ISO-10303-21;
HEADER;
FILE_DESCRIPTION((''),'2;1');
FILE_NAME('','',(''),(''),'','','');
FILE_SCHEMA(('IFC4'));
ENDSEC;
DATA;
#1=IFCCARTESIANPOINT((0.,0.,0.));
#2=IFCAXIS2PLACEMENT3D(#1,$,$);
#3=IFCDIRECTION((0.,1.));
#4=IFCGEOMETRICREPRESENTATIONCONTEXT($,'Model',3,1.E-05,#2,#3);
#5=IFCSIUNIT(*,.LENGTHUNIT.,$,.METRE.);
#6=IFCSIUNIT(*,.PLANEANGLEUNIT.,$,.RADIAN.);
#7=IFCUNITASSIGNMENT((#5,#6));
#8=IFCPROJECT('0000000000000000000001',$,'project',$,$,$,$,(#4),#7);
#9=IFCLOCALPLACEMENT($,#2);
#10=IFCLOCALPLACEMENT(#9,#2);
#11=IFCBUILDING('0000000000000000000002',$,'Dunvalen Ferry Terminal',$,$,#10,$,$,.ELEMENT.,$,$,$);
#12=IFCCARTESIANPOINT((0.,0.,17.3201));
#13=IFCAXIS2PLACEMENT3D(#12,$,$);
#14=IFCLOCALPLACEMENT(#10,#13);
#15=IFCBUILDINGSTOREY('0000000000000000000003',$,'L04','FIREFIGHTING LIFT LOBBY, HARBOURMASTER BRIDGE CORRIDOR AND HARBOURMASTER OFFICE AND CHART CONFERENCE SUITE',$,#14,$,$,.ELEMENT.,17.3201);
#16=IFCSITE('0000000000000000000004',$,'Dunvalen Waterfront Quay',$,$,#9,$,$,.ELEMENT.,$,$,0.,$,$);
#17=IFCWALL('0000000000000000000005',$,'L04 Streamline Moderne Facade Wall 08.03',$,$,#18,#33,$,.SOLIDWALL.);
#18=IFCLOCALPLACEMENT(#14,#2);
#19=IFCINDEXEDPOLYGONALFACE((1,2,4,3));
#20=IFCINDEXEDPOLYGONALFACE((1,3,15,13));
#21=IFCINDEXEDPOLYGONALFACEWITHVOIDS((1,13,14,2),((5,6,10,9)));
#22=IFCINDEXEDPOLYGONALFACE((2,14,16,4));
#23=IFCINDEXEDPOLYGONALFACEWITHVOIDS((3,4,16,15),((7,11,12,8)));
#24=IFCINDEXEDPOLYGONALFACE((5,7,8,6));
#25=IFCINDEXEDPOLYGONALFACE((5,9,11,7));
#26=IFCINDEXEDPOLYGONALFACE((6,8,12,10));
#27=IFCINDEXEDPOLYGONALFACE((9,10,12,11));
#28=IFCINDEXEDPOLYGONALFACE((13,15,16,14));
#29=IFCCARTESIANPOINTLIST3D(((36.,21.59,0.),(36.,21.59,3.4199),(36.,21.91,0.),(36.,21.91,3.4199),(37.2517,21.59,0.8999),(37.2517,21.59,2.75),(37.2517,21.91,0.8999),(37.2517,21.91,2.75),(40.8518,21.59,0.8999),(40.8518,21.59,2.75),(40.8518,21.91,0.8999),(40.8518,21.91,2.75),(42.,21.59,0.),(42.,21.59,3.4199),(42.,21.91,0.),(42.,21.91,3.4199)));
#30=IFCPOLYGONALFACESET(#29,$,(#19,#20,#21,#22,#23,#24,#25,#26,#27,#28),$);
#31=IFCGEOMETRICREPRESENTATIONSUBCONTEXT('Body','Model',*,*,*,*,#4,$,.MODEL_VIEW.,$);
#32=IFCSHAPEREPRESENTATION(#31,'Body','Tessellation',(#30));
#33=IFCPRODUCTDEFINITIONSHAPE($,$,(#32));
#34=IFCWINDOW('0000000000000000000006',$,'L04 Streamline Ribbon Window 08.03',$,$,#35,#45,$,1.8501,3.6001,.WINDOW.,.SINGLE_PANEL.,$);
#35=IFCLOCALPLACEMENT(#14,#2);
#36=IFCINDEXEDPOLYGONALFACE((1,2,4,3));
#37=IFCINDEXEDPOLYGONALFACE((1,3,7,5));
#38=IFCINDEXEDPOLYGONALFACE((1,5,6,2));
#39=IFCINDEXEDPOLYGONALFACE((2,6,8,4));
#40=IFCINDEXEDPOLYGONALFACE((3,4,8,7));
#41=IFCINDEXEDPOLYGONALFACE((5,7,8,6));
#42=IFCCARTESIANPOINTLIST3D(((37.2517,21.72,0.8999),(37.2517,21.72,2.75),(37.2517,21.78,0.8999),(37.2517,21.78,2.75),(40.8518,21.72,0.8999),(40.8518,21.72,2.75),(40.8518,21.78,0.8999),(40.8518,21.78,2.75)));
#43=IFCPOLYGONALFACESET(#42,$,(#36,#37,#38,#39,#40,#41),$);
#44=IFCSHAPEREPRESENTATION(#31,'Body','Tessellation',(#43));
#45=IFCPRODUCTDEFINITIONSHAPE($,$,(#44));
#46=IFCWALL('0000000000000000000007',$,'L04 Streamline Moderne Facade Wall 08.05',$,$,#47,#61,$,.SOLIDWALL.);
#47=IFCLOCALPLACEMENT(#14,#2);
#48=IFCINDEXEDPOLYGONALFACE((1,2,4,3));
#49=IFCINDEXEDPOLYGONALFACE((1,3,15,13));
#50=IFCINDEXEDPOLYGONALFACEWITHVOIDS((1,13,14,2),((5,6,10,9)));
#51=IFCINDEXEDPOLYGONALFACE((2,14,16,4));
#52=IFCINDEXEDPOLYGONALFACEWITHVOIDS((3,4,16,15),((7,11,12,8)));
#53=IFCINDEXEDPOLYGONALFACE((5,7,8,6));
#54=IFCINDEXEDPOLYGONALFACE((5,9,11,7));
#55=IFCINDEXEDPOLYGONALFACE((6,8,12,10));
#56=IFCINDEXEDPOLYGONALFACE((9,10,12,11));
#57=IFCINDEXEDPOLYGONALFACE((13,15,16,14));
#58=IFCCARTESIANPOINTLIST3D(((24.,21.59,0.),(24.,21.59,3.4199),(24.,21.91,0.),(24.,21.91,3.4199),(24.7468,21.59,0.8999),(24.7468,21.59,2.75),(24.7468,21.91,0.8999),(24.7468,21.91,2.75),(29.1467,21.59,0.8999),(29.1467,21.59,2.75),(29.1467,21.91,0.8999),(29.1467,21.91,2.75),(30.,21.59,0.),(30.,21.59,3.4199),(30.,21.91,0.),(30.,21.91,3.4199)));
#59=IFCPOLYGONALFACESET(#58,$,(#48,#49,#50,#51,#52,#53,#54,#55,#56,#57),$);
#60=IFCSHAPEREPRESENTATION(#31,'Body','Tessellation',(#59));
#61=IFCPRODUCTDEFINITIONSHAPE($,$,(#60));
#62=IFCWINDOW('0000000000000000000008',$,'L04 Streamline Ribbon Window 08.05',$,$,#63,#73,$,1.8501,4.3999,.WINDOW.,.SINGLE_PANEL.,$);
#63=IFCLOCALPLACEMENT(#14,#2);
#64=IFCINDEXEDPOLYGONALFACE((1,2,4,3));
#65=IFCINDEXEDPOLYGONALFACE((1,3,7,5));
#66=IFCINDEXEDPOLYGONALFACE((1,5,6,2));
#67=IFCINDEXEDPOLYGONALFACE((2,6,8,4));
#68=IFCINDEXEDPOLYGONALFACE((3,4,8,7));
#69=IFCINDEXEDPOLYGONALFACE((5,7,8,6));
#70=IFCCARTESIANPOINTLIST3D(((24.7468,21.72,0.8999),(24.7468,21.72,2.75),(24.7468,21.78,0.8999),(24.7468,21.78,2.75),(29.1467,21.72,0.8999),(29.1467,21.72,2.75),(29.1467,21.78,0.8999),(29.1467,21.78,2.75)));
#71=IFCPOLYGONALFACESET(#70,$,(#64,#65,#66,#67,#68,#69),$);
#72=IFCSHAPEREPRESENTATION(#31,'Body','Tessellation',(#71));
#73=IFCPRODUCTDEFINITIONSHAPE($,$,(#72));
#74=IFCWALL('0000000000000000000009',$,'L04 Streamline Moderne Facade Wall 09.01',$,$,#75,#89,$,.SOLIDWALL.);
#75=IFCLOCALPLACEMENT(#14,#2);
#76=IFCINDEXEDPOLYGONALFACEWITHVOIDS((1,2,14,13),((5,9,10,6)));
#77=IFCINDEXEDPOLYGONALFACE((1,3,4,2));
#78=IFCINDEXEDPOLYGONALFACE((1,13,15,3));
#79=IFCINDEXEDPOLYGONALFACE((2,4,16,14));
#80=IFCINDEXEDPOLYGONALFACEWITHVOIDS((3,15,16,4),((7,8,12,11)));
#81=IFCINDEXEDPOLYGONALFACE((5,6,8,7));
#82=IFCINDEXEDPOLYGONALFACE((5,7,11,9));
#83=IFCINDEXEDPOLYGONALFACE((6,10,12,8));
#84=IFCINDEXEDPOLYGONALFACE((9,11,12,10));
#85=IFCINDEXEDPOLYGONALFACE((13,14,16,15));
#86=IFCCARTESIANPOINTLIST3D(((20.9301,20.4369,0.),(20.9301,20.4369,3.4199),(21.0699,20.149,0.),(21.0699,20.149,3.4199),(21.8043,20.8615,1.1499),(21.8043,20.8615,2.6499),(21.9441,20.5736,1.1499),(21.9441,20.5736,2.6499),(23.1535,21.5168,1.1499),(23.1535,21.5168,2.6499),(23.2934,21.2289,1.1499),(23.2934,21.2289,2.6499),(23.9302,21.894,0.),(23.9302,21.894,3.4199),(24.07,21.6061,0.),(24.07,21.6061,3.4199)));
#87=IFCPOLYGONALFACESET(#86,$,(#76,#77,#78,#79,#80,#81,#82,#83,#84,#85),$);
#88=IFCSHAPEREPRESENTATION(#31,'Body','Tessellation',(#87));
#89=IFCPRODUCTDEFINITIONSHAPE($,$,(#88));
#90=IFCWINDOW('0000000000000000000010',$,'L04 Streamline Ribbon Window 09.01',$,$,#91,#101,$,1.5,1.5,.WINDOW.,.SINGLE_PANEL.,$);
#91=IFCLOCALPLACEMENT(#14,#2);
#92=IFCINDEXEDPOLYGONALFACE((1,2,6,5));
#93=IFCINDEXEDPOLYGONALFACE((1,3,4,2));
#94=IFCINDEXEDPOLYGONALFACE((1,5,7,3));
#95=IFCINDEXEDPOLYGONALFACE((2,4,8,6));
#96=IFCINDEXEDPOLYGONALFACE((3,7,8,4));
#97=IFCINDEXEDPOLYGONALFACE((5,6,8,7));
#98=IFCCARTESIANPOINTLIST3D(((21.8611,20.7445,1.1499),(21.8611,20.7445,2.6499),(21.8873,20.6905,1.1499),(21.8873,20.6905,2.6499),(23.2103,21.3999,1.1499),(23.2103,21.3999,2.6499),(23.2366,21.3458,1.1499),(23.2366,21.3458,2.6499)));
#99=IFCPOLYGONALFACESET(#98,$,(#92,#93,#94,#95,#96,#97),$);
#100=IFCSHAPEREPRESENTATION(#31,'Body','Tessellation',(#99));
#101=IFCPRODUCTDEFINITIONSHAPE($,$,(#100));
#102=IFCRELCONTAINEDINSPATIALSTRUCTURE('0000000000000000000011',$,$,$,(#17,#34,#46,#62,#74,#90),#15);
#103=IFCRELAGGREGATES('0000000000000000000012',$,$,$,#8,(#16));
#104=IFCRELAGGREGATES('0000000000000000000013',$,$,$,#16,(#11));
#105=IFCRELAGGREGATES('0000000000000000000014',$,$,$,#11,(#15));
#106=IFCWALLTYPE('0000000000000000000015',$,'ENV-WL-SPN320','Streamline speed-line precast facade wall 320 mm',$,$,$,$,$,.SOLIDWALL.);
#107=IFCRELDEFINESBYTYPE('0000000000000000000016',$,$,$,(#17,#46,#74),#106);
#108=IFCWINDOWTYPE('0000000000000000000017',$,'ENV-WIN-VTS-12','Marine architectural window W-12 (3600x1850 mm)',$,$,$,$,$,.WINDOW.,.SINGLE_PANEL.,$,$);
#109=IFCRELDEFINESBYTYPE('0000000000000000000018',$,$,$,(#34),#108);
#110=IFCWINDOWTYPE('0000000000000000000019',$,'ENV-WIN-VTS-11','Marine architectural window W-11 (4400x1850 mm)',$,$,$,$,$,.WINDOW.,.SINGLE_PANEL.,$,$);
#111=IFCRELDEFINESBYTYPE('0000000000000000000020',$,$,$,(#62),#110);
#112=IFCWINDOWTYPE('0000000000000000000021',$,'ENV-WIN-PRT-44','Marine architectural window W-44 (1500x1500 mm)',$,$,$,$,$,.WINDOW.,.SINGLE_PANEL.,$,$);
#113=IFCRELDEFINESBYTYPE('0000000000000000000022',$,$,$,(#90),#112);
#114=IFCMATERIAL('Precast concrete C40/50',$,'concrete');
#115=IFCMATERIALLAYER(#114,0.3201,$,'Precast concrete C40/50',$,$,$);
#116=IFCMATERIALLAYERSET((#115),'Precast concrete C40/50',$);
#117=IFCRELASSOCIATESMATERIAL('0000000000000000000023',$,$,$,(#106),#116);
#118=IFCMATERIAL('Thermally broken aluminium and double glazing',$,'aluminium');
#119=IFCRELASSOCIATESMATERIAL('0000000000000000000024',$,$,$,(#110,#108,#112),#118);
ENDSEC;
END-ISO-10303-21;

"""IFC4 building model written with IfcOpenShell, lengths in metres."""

from ifc_helpers import new_model, si_unit, direction, frame, frame_2d, origin, place, context, subcontext, project, spatial, rectangle, extrude, material, layer, layer_set, type_object, element, fill, save


model = new_model("IFC4")

# Units and contexts
model_context = context("Model", 3, precision=1e-05, world=origin(), true_north=direction((0.0, 1.0)))
body_context = subcontext(model_context, "Body", "Model", "MODEL_VIEW")
ifc_project = project(units=[si_unit("LENGTHUNIT", "METRE"), si_unit("PLANEANGLEUNIT", "RADIAN")], contexts=[model_context])

# Site, building, storey
site_placement = place(None, origin())
site = spatial("IfcSite", under=ifc_project, at=site_placement, Name="Dunvalen Waterfront Quay", CompositionType="ELEMENT", RefElevation=0.0)
building_placement = place(site_placement, origin())
building = spatial("IfcBuilding", under=site, at=building_placement, Name="Dunvalen Ferry Terminal", CompositionType="ELEMENT")
storey_placement = place(building_placement, frame((0.0, 0.0, 17.3201)))
storey = spatial("IfcBuildingStorey", under=building, at=storey_placement, Name="L04", Description="FIREFIGHTING LIFT LOBBY, HARBOURMASTER BRIDGE CORRIDOR AND HARBOURMASTER OFFICE AND CHART CONFERENCE SUITE", CompositionType="ELEMENT", Elevation=17.3201)

# Wall, opening, window
ifc_material_1 = material(Name="Precast concrete C40/50", Category="concrete")
ifc_layer_1 = layer(ifc_material_1, 0.3201, Name="Precast concrete C40/50")
ifc_layer_set_1 = layer_set([ifc_layer_1], Name="Precast concrete C40/50")
wall_type = type_object("IfcWallType", Name="ENV-WL-SPN320", Description="Streamline speed-line precast facade wall 320 mm", PredefinedType="SOLIDWALL", material=ifc_layer_set_1)
ifc_material_2 = material(Name="Thermally broken aluminium and double glazing", Category="aluminium")
window_type_1 = type_object("IfcWindowType", Name="ENV-WIN-VTS-11", Description="Marine architectural window W-11 (4400x1850 mm)", PartitioningType="SINGLE_PANEL", PredefinedType="WINDOW", material=ifc_material_2)
wall_1_placement = place(storey_placement, frame((42.0, 21.75, 0.0), z_axis=(0.0, 0.0, 1.0), x_axis=(-1.0, 0.0, 0.0)))
wall_1 = element("IfcWall", 1, at=wall_1_placement, inside=storey, type_object=wall_type, Name="L04 Streamline Moderne Facade Wall 08.03", PredefinedType="SOLIDWALL", context=body_context, shape_type="SweptSolid", body=[
    extrude(rectangle(XDim=6.0, YDim=0.3201, at=frame_2d((3.0, 0.0))), origin(), (0.0, 0.0, 1.0), 3.4199),
])
opening_1_placement = place(wall_1_placement, frame((1.1482, 0.0, 0.8999)))
opening_1 = element("IfcOpeningElement", 2, at=opening_1_placement, cuts=wall_1, PredefinedType="OPENING", context=body_context, shape_type="SweptSolid", body=[
    extrude(rectangle(XDim=3.6001, YDim=1.8501, at=frame_2d((1.8, 0.925))), frame((0.0, 0.1699, 0.0), z_axis=(0.0, -1.0, 0.0), x_axis=(1.0, 0.0, 0.0)), (0.0, 0.0, 1.0), 0.3401),
])
window_type_2 = type_object("IfcWindowType", Name="ENV-WIN-VTS-12", Description="Marine architectural window W-12 (3600x1850 mm)", PartitioningType="SINGLE_PANEL", PredefinedType="WINDOW", material=ifc_material_2)
window_1_placement = place(opening_1_placement, origin())
window_1 = element("IfcWindow", 3, at=window_1_placement, inside=storey, type_object=window_type_2, Name="L04 Streamline Ribbon Window 08.03", OverallHeight=1.8501, OverallWidth=3.6001, PartitioningType="SINGLE_PANEL", PredefinedType="WINDOW", context=body_context, shape_type="SweptSolid", body=[
    extrude(rectangle(XDim=3.6001, YDim=1.8501, at=frame_2d((1.8, 0.925))), frame((0.0, 0.03, 0.0), z_axis=(0.0, -1.0, 0.0), x_axis=(1.0, 0.0, 0.0)), (0.0, 0.0, 1.0), 0.0601),
])
fill(opening_1, window_1)

# Walls, openings, windows
wall_2_placement = place(storey_placement, frame((30.0, 21.75, 0.0), z_axis=(0.0, 0.0, 1.0), x_axis=(-1.0, 0.0, 0.0)))
wall_2 = element("IfcWall", 4, at=wall_2_placement, inside=storey, type_object=wall_type, Name="L04 Streamline Moderne Facade Wall 08.05", PredefinedType="SOLIDWALL", context=body_context, shape_type="SweptSolid", body=[
    extrude(rectangle(XDim=6.0, YDim=0.3201, at=frame_2d((3.0, 0.0))), origin(), (0.0, 0.0, 1.0), 3.4199),
])
opening_2_placement = place(wall_2_placement, frame((0.8533, 0.0, 0.8999)))
opening_2 = element("IfcOpeningElement", 5, at=opening_2_placement, cuts=wall_2, PredefinedType="OPENING", context=body_context, shape_type="SweptSolid", body=[
    extrude(rectangle(XDim=4.3999, YDim=1.8501, at=frame_2d((2.2, 0.925))), frame((0.0, 0.1699, 0.0), z_axis=(0.0, -1.0, 0.0), x_axis=(1.0, 0.0, 0.0)), (0.0, 0.0, 1.0), 0.3401),
])
window_2_placement = place(opening_2_placement, origin())
window_2 = element("IfcWindow", 6, at=window_2_placement, inside=storey, type_object=window_type_1, Name="L04 Streamline Ribbon Window 08.05", OverallHeight=1.8501, OverallWidth=4.3999, PartitioningType="SINGLE_PANEL", PredefinedType="WINDOW", context=body_context, shape_type="SweptSolid", body=[
    extrude(rectangle(XDim=4.3999, YDim=1.8501, at=frame_2d((2.2, 0.925))), frame((0.0, 0.03, 0.0), z_axis=(0.0, -1.0, 0.0), x_axis=(1.0, 0.0, 0.0)), (0.0, 0.0, 1.0), 0.0601),
])
fill(opening_2, window_2)
wall_3_placement = place(storey_placement, frame((24.0, 21.75, 0.0), z_axis=(0.0, 0.0, 1.0), x_axis=(-0.899521, -0.436877, 0.0)))
wall_3 = element("IfcWall", 7, at=wall_3_placement, inside=storey, type_object=wall_type, Name="L04 Streamline Moderne Facade Wall 09.01", PredefinedType="SOLIDWALL", context=body_context, shape_type="SweptSolid", body=[
    extrude(rectangle(XDim=3.3352, YDim=0.3201, at=frame_2d((1.6675, 0.0))), origin(), (0.0, 0.0, 1.0), 3.4199),
])
opening_3_placement = place(wall_3_placement, frame((0.8633, 0.0, 1.1499)))
opening_3 = element("IfcOpeningElement", 8, at=opening_3_placement, cuts=wall_3, PredefinedType="OPENING", context=body_context, shape_type="SweptSolid", body=[
    extrude(rectangle(XDim=1.5, YDim=1.5, at=frame_2d((0.75, 0.75))), frame((0.0, 0.1699, 0.0), z_axis=(0.0, -1.0, 0.0), x_axis=(1.0, 0.0, 0.0)), (0.0, 0.0, 1.0), 0.3401),
])
window_type_3 = type_object("IfcWindowType", Name="ENV-WIN-PRT-44", Description="Marine architectural window W-44 (1500x1500 mm)", PartitioningType="SINGLE_PANEL", PredefinedType="WINDOW", material=ifc_material_2)
window_3_placement = place(opening_3_placement, origin())
window_3 = element("IfcWindow", 9, at=window_3_placement, inside=storey, type_object=window_type_3, Name="L04 Streamline Ribbon Window 09.01", OverallHeight=1.5, OverallWidth=1.5, PartitioningType="SINGLE_PANEL", PredefinedType="WINDOW", context=body_context, shape_type="SweptSolid", body=[
    extrude(rectangle(XDim=1.5, YDim=1.5, at=frame_2d((0.75, 0.75))), frame((0.0, 0.03, 0.0), z_axis=(0.0, -1.0, 0.0), x_axis=(1.0, 0.0, 0.0)), (0.0, 0.0, 1.0), 0.0601),
])
fill(opening_3, window_3)

save(model, "model.ifc")
